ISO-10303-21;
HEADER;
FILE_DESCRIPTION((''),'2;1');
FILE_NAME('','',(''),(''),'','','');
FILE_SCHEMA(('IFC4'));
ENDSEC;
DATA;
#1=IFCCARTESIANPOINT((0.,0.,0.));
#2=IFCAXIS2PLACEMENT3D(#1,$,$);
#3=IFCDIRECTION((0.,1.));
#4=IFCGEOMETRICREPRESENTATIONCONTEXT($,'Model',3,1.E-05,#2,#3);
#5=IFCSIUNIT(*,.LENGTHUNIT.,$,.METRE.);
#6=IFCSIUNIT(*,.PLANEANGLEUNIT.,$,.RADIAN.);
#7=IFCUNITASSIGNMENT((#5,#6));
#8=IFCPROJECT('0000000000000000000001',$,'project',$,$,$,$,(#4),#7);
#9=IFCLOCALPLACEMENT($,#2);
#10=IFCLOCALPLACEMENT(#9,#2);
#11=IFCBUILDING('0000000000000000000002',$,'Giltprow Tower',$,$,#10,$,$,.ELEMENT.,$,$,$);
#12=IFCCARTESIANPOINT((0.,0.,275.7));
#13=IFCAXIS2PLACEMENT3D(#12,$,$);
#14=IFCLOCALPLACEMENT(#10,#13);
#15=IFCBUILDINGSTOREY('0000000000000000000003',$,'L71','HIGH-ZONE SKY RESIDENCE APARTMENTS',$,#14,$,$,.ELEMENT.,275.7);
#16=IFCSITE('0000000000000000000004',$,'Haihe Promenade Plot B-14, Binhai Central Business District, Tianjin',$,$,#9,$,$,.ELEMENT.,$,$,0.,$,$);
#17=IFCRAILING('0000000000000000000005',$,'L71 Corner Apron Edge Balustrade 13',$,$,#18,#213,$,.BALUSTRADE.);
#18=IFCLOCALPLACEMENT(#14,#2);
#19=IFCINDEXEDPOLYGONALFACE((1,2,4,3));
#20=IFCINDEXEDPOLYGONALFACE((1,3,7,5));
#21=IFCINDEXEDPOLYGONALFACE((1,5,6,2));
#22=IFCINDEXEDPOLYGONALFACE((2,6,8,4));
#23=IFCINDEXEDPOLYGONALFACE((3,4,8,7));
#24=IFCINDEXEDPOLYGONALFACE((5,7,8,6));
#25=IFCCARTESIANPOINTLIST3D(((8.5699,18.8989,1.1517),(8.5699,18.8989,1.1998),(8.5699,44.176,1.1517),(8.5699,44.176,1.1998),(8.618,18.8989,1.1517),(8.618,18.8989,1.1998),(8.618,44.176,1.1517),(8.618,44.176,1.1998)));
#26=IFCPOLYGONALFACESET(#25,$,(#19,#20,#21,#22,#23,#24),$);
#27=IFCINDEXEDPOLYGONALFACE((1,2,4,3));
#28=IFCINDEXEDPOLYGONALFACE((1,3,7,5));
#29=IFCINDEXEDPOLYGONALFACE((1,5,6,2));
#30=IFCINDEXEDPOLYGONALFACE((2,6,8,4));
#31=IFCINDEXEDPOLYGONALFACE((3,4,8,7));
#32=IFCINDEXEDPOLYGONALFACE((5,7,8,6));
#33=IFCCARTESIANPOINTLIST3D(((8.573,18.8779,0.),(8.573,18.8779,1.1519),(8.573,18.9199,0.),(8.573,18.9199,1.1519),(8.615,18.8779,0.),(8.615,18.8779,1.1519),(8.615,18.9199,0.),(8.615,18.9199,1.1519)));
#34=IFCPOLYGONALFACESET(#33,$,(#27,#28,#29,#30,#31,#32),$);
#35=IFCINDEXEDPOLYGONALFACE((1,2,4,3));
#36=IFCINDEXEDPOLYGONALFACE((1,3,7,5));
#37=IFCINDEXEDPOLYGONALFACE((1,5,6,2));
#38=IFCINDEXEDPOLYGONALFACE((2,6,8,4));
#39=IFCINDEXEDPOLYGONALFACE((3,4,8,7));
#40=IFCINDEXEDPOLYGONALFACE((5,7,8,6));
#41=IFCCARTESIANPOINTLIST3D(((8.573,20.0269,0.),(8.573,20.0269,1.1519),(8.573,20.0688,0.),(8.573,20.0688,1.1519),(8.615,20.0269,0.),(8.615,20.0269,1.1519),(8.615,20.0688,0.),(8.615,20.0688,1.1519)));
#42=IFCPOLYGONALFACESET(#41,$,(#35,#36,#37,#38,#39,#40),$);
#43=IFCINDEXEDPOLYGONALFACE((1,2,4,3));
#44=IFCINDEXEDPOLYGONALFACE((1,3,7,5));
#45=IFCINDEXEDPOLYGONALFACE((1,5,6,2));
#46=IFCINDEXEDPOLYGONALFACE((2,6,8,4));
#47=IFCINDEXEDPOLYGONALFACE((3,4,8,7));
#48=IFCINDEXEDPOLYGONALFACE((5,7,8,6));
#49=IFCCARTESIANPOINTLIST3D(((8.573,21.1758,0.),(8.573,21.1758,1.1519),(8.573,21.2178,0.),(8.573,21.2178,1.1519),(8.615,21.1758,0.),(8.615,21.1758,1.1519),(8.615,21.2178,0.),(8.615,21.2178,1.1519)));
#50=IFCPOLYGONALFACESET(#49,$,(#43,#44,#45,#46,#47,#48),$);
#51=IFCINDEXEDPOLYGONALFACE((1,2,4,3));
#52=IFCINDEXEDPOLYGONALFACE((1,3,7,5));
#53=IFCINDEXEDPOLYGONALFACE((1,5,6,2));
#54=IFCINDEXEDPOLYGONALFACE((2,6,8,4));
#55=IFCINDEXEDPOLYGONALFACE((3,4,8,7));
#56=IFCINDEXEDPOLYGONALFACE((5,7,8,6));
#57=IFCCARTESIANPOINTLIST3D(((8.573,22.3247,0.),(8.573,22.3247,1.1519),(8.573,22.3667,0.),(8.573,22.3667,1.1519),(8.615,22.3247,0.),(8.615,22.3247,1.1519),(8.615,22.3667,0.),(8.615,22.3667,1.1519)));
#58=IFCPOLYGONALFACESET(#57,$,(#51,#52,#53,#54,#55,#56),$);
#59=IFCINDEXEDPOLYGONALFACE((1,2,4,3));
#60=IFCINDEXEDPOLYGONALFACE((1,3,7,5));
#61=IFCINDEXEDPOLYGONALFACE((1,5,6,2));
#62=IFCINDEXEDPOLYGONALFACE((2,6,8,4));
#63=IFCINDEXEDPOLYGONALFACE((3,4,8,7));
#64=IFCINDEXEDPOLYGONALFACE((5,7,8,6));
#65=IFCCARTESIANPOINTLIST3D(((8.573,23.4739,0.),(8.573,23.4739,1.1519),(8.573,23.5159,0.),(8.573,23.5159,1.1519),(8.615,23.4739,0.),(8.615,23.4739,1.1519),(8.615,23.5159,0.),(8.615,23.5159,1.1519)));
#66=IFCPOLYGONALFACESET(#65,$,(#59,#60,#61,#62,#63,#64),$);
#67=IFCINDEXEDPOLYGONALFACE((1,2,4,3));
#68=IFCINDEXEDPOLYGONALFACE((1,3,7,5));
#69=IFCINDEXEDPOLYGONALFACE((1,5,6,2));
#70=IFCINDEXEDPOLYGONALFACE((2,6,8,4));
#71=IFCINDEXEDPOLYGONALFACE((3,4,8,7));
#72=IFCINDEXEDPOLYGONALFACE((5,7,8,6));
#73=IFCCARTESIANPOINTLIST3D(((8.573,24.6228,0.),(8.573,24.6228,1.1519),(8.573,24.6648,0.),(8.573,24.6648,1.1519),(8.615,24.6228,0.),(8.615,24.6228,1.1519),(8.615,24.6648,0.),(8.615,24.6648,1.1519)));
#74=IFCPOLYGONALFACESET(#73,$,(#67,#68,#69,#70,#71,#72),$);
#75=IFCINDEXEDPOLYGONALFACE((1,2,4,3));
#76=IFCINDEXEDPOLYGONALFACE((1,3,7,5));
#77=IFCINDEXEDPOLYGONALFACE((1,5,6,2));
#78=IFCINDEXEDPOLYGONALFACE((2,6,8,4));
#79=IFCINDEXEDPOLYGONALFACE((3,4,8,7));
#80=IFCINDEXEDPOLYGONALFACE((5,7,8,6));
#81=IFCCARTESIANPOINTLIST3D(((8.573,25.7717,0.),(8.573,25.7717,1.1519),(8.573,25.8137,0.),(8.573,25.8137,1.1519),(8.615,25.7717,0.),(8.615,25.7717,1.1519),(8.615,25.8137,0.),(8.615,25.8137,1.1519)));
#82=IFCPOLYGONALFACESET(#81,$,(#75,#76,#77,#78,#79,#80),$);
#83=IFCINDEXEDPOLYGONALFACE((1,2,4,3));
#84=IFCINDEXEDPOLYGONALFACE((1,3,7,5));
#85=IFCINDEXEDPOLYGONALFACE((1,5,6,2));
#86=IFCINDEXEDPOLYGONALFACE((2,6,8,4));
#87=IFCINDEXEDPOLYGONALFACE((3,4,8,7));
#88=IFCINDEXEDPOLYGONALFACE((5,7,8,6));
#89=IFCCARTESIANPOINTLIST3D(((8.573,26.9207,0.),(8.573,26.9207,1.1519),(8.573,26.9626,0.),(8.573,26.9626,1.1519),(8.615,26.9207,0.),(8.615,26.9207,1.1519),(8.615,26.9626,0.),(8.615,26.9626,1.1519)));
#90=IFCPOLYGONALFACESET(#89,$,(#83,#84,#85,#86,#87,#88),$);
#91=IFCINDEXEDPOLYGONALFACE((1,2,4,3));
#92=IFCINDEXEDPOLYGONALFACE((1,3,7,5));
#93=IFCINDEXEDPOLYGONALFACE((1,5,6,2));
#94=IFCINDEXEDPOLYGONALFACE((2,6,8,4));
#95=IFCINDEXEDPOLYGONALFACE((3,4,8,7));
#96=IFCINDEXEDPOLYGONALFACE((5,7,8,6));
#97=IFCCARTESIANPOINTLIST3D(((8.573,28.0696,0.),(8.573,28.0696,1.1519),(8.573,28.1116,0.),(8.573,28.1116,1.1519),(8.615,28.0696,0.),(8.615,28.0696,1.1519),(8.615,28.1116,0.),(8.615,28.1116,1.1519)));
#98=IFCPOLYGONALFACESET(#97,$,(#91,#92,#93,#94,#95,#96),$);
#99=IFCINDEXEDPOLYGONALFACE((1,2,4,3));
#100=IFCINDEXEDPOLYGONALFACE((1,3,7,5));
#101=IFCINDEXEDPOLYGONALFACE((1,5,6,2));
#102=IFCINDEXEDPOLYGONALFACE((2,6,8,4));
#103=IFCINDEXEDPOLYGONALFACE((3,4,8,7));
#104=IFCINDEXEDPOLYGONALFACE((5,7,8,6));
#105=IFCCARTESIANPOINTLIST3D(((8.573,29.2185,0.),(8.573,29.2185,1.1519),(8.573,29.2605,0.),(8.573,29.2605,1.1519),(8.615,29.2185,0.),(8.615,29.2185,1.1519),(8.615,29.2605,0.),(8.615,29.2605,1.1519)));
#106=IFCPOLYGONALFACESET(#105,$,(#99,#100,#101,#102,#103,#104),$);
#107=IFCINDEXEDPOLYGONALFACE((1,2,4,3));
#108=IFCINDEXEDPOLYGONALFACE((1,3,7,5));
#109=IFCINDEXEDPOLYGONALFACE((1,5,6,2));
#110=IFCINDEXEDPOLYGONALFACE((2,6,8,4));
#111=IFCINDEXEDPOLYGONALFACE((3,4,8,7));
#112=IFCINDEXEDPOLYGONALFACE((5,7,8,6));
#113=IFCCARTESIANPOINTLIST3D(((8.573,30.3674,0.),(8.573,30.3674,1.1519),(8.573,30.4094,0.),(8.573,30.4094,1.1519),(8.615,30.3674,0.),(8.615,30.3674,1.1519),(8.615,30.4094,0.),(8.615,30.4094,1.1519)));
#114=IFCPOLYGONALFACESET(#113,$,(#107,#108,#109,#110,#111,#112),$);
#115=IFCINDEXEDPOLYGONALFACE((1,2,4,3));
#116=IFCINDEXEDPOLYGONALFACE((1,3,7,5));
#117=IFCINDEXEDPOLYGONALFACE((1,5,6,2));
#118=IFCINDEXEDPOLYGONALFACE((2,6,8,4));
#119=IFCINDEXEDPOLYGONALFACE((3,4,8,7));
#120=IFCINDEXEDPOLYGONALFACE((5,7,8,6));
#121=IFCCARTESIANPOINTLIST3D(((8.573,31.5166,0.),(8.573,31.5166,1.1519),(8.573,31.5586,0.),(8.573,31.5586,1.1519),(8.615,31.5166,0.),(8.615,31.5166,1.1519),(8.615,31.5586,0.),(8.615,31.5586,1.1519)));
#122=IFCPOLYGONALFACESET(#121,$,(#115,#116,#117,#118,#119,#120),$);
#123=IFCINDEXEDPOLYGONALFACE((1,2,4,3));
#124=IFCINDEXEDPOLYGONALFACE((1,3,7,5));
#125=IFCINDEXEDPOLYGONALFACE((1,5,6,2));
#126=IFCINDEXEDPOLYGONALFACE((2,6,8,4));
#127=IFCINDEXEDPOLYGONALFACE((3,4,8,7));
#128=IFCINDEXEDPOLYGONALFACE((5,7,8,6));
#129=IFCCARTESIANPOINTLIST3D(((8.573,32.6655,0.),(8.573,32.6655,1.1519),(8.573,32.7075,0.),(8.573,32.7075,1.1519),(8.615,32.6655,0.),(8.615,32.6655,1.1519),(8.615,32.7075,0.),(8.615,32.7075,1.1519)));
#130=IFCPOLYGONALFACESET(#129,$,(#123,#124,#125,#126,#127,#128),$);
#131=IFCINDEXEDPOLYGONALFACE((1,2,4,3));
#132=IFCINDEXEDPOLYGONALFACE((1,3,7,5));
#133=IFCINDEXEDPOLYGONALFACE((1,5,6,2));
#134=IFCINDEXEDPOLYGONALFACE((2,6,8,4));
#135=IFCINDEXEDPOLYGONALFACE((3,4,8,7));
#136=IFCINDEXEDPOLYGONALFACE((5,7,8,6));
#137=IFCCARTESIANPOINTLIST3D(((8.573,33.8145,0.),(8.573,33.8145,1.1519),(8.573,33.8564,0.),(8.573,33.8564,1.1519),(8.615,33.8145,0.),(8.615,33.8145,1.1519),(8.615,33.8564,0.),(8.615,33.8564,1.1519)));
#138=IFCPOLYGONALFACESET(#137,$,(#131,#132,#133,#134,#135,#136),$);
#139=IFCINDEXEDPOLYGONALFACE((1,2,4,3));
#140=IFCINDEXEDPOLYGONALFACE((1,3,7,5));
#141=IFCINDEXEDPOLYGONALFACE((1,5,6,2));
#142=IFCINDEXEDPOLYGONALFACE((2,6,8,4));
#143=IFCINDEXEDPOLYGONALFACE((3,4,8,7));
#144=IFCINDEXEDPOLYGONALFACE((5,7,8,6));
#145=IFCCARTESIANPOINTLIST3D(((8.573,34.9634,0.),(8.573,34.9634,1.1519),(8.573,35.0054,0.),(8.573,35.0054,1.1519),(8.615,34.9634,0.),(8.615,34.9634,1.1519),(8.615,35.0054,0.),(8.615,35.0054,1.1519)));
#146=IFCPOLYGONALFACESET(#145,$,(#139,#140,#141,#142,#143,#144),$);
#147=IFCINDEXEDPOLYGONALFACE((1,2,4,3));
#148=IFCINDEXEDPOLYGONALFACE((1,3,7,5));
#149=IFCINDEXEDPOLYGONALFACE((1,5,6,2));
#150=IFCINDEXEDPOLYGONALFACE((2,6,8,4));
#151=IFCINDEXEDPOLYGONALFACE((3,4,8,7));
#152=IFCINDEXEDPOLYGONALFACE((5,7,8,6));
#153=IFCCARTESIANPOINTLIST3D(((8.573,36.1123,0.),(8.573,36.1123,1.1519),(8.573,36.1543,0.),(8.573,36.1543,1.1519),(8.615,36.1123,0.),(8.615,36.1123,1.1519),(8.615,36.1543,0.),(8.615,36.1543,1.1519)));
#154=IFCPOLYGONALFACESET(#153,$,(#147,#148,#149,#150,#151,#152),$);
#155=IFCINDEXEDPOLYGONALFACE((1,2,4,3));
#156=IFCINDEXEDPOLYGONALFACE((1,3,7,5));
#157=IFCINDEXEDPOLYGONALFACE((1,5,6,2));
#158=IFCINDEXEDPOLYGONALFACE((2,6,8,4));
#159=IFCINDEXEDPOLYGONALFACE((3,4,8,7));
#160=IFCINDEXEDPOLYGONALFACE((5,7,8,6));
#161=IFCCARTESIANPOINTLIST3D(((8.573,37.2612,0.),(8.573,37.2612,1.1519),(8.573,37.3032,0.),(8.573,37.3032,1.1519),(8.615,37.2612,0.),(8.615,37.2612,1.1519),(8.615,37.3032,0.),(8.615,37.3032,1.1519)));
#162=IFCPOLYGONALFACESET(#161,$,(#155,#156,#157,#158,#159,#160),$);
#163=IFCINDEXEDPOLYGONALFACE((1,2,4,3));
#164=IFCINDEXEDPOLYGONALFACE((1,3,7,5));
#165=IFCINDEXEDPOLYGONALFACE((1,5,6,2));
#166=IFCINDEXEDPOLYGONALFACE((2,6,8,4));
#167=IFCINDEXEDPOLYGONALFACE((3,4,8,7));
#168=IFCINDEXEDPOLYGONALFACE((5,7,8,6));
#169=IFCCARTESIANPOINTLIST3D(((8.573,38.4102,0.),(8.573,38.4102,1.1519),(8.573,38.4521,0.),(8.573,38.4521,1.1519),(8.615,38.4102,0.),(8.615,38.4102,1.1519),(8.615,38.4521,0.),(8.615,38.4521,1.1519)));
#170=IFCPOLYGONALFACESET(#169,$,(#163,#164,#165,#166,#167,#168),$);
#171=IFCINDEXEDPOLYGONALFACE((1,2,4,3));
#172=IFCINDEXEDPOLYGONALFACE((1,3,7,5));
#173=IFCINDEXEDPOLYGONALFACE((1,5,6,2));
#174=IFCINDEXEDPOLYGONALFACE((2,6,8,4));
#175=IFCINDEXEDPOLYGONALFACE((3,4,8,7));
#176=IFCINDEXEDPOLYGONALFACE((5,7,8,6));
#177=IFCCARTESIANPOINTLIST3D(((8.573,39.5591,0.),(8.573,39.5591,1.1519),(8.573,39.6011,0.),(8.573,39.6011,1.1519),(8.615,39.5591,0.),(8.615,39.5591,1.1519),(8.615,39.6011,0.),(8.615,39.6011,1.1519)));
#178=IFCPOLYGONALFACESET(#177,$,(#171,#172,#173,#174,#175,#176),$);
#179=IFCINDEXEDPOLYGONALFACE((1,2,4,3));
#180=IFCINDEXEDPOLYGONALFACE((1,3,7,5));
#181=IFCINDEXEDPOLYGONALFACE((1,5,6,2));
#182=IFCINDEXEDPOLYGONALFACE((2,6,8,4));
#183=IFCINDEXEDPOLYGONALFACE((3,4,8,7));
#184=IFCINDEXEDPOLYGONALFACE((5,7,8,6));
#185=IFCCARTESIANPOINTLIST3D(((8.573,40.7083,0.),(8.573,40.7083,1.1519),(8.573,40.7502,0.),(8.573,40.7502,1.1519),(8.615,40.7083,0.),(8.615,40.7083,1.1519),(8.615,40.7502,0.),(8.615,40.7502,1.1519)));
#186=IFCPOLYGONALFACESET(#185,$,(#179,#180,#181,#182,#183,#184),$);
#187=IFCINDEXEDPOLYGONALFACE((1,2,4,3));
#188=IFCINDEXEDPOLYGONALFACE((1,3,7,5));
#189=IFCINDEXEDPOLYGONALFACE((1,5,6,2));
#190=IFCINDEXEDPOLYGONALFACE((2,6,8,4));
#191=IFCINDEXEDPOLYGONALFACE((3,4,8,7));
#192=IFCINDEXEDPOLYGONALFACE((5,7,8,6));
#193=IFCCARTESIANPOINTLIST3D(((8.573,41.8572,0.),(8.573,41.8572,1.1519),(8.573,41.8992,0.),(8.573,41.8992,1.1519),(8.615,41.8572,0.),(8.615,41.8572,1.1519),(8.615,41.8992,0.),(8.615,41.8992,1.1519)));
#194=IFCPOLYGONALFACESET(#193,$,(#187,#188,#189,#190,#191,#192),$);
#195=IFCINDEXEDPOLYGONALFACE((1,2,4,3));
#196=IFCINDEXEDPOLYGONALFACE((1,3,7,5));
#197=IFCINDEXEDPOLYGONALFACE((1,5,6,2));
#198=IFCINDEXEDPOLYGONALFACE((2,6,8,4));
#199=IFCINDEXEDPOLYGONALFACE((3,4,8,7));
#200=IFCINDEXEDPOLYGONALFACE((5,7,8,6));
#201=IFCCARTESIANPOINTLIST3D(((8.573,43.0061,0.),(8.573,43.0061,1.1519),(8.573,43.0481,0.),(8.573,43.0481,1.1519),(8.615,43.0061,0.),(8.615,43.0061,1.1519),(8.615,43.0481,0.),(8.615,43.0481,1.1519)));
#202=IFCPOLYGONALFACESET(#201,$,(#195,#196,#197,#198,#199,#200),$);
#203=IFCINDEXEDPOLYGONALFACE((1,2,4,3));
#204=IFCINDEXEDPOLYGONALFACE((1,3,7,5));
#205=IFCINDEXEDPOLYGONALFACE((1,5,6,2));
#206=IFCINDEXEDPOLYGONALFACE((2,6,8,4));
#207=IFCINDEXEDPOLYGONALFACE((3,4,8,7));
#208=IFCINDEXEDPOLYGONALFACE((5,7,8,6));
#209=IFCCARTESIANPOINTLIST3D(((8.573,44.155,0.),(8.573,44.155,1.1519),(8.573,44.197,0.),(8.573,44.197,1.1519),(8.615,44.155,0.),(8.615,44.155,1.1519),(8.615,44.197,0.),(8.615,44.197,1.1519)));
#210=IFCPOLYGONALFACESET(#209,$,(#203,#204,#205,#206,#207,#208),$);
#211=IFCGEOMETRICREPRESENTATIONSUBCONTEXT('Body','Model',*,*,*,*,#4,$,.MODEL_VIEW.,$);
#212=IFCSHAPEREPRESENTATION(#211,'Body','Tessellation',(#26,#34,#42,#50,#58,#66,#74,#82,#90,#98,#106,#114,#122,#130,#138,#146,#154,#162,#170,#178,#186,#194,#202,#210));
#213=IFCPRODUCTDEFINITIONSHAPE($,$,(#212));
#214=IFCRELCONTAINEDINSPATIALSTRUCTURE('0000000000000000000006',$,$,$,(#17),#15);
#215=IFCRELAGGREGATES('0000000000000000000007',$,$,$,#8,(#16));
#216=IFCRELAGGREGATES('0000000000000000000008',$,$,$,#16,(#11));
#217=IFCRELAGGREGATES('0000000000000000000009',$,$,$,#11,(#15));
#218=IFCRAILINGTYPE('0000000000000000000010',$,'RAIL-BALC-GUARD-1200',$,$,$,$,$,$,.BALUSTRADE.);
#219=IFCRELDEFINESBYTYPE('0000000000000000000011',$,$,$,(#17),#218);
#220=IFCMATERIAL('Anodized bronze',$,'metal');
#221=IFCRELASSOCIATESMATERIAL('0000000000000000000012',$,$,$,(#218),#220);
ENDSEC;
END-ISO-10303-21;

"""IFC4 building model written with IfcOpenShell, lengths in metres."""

from ifc_helpers import new_model, si_unit, direction, frame, origin, origin_2d, place, context, subcontext, project, spatial, rectangle, extrude, material, type_object, element, save


model = new_model("IFC4")

# Units and contexts
model_context = context("Model", 3, precision=1e-05, world=origin(), true_north=direction((0.0, 1.0)))
body_context = subcontext(model_context, "Body", "Model", "MODEL_VIEW")
ifc_project = project(units=[si_unit("LENGTHUNIT", "METRE"), si_unit("PLANEANGLEUNIT", "RADIAN")], contexts=[model_context])

# Site, building, storey
site_placement = place(None, origin())
site = spatial("IfcSite", under=ifc_project, at=site_placement, Name="Haihe Promenade Plot B-14, Binhai Central Business District, Tianjin", CompositionType="ELEMENT", RefElevation=0.0)
building_placement = place(site_placement, origin())
building = spatial("IfcBuilding", under=site, at=building_placement, Name="Giltprow Tower", CompositionType="ELEMENT")
storey_placement = place(building_placement, frame((0.0, 0.0, 275.7)))
storey = spatial("IfcBuildingStorey", under=building, at=storey_placement, Name="L71", Description="HIGH-ZONE SKY RESIDENCE APARTMENTS", CompositionType="ELEMENT", Elevation=275.7)

# Shared definitions
ifc_material_1 = material(Name="Anodized bronze", Category="metal")

# Railing
railing_type = type_object("IfcRailingType", Name="RAIL-BALC-GUARD-1200", PredefinedType="BALUSTRADE", material=ifc_material_1)
railing_1_placement = place(storey_placement, frame((8.594, 18.8989, 0.0)))
element("IfcRailing", 1, at=railing_1_placement, inside=storey, type_object=railing_type, Name="L71 Corner Apron Edge Balustrade 13", PredefinedType="BALUSTRADE", context=body_context, shape_type="SweptSolid", body=[
    extrude(rectangle(XDim=0.0481, YDim=0.0481, at=origin_2d()), frame((0.0, 0.0, 1.1758), z_axis=(0.0, 1.0, 0.0), x_axis=(-1.0, 0.0, 0.0)), (0.0, 0.0, 1.0), 25.2771),
    extrude(rectangle(XDim=0.042, YDim=0.042, at=origin_2d()), origin(), (0.0, 0.0, 1.0), 1.1519),
    extrude(rectangle(XDim=0.042, YDim=0.042, at=origin_2d()), frame((0.0, 1.1489, 0.0)), (0.0, 0.0, 1.0), 1.1519),
    extrude(rectangle(XDim=0.042, YDim=0.042, at=origin_2d()), frame((0.0, 2.2979, 0.0)), (0.0, 0.0, 1.0), 1.1519),
    extrude(rectangle(XDim=0.042, YDim=0.042, at=origin_2d()), frame((0.0, 3.4468, 0.0)), (0.0, 0.0, 1.0), 1.1519),
    extrude(rectangle(XDim=0.042, YDim=0.042, at=origin_2d()), frame((0.0, 4.5959, 0.0)), (0.0, 0.0, 1.0), 1.1519),
    extrude(rectangle(XDim=0.042, YDim=0.042, at=origin_2d()), frame((0.0, 5.7449, 0.0)), (0.0, 0.0, 1.0), 1.1519),
    extrude(rectangle(XDim=0.042, YDim=0.042, at=origin_2d()), frame((0.0, 6.8938, 0.0)), (0.0, 0.0, 1.0), 1.1519),
    extrude(rectangle(XDim=0.042, YDim=0.042, at=origin_2d()), frame((0.0, 8.0427, 0.0)), (0.0, 0.0, 1.0), 1.1519),
    extrude(rectangle(XDim=0.042, YDim=0.042, at=origin_2d()), frame((0.0, 9.1917, 0.0)), (0.0, 0.0, 1.0), 1.1519),
    extrude(rectangle(XDim=0.042, YDim=0.042, at=origin_2d()), frame((0.0, 10.3406, 0.0)), (0.0, 0.0, 1.0), 1.1519),
    extrude(rectangle(XDim=0.042, YDim=0.042, at=origin_2d()), frame((0.0, 11.4895, 0.0)), (0.0, 0.0, 1.0), 1.1519),
    extrude(rectangle(XDim=0.042, YDim=0.042, at=origin_2d()), frame((0.0, 12.6387, 0.0)), (0.0, 0.0, 1.0), 1.1519),
    extrude(rectangle(XDim=0.042, YDim=0.042, at=origin_2d()), frame((0.0, 13.7876, 0.0)), (0.0, 0.0, 1.0), 1.1519),
    extrude(rectangle(XDim=0.042, YDim=0.042, at=origin_2d()), frame((0.0, 14.9365, 0.0)), (0.0, 0.0, 1.0), 1.1519),
    extrude(rectangle(XDim=0.042, YDim=0.042, at=origin_2d()), frame((0.0, 16.0854, 0.0)), (0.0, 0.0, 1.0), 1.1519),
    extrude(rectangle(XDim=0.042, YDim=0.042, at=origin_2d()), frame((0.0, 17.2344, 0.0)), (0.0, 0.0, 1.0), 1.1519),
    extrude(rectangle(XDim=0.042, YDim=0.042, at=origin_2d()), frame((0.0, 18.3833, 0.0)), (0.0, 0.0, 1.0), 1.1519),
    extrude(rectangle(XDim=0.042, YDim=0.042, at=origin_2d()), frame((0.0, 19.5322, 0.0)), (0.0, 0.0, 1.0), 1.1519),
    extrude(rectangle(XDim=0.042, YDim=0.042, at=origin_2d()), frame((0.0, 20.6812, 0.0)), (0.0, 0.0, 1.0), 1.1519),
    extrude(rectangle(XDim=0.042, YDim=0.042, at=origin_2d()), frame((0.0, 21.8303, 0.0)), (0.0, 0.0, 1.0), 1.1519),
    extrude(rectangle(XDim=0.042, YDim=0.042, at=origin_2d()), frame((0.0, 22.9792, 0.0)), (0.0, 0.0, 1.0), 1.1519),
    extrude(rectangle(XDim=0.042, YDim=0.042, at=origin_2d()), frame((0.0, 24.1282, 0.0)), (0.0, 0.0, 1.0), 1.1519),
    extrude(rectangle(XDim=0.042, YDim=0.042, at=origin_2d()), frame((0.0, 25.2771, 0.0)), (0.0, 0.0, 1.0), 1.1519),
])

save(model, "model.ifc")
